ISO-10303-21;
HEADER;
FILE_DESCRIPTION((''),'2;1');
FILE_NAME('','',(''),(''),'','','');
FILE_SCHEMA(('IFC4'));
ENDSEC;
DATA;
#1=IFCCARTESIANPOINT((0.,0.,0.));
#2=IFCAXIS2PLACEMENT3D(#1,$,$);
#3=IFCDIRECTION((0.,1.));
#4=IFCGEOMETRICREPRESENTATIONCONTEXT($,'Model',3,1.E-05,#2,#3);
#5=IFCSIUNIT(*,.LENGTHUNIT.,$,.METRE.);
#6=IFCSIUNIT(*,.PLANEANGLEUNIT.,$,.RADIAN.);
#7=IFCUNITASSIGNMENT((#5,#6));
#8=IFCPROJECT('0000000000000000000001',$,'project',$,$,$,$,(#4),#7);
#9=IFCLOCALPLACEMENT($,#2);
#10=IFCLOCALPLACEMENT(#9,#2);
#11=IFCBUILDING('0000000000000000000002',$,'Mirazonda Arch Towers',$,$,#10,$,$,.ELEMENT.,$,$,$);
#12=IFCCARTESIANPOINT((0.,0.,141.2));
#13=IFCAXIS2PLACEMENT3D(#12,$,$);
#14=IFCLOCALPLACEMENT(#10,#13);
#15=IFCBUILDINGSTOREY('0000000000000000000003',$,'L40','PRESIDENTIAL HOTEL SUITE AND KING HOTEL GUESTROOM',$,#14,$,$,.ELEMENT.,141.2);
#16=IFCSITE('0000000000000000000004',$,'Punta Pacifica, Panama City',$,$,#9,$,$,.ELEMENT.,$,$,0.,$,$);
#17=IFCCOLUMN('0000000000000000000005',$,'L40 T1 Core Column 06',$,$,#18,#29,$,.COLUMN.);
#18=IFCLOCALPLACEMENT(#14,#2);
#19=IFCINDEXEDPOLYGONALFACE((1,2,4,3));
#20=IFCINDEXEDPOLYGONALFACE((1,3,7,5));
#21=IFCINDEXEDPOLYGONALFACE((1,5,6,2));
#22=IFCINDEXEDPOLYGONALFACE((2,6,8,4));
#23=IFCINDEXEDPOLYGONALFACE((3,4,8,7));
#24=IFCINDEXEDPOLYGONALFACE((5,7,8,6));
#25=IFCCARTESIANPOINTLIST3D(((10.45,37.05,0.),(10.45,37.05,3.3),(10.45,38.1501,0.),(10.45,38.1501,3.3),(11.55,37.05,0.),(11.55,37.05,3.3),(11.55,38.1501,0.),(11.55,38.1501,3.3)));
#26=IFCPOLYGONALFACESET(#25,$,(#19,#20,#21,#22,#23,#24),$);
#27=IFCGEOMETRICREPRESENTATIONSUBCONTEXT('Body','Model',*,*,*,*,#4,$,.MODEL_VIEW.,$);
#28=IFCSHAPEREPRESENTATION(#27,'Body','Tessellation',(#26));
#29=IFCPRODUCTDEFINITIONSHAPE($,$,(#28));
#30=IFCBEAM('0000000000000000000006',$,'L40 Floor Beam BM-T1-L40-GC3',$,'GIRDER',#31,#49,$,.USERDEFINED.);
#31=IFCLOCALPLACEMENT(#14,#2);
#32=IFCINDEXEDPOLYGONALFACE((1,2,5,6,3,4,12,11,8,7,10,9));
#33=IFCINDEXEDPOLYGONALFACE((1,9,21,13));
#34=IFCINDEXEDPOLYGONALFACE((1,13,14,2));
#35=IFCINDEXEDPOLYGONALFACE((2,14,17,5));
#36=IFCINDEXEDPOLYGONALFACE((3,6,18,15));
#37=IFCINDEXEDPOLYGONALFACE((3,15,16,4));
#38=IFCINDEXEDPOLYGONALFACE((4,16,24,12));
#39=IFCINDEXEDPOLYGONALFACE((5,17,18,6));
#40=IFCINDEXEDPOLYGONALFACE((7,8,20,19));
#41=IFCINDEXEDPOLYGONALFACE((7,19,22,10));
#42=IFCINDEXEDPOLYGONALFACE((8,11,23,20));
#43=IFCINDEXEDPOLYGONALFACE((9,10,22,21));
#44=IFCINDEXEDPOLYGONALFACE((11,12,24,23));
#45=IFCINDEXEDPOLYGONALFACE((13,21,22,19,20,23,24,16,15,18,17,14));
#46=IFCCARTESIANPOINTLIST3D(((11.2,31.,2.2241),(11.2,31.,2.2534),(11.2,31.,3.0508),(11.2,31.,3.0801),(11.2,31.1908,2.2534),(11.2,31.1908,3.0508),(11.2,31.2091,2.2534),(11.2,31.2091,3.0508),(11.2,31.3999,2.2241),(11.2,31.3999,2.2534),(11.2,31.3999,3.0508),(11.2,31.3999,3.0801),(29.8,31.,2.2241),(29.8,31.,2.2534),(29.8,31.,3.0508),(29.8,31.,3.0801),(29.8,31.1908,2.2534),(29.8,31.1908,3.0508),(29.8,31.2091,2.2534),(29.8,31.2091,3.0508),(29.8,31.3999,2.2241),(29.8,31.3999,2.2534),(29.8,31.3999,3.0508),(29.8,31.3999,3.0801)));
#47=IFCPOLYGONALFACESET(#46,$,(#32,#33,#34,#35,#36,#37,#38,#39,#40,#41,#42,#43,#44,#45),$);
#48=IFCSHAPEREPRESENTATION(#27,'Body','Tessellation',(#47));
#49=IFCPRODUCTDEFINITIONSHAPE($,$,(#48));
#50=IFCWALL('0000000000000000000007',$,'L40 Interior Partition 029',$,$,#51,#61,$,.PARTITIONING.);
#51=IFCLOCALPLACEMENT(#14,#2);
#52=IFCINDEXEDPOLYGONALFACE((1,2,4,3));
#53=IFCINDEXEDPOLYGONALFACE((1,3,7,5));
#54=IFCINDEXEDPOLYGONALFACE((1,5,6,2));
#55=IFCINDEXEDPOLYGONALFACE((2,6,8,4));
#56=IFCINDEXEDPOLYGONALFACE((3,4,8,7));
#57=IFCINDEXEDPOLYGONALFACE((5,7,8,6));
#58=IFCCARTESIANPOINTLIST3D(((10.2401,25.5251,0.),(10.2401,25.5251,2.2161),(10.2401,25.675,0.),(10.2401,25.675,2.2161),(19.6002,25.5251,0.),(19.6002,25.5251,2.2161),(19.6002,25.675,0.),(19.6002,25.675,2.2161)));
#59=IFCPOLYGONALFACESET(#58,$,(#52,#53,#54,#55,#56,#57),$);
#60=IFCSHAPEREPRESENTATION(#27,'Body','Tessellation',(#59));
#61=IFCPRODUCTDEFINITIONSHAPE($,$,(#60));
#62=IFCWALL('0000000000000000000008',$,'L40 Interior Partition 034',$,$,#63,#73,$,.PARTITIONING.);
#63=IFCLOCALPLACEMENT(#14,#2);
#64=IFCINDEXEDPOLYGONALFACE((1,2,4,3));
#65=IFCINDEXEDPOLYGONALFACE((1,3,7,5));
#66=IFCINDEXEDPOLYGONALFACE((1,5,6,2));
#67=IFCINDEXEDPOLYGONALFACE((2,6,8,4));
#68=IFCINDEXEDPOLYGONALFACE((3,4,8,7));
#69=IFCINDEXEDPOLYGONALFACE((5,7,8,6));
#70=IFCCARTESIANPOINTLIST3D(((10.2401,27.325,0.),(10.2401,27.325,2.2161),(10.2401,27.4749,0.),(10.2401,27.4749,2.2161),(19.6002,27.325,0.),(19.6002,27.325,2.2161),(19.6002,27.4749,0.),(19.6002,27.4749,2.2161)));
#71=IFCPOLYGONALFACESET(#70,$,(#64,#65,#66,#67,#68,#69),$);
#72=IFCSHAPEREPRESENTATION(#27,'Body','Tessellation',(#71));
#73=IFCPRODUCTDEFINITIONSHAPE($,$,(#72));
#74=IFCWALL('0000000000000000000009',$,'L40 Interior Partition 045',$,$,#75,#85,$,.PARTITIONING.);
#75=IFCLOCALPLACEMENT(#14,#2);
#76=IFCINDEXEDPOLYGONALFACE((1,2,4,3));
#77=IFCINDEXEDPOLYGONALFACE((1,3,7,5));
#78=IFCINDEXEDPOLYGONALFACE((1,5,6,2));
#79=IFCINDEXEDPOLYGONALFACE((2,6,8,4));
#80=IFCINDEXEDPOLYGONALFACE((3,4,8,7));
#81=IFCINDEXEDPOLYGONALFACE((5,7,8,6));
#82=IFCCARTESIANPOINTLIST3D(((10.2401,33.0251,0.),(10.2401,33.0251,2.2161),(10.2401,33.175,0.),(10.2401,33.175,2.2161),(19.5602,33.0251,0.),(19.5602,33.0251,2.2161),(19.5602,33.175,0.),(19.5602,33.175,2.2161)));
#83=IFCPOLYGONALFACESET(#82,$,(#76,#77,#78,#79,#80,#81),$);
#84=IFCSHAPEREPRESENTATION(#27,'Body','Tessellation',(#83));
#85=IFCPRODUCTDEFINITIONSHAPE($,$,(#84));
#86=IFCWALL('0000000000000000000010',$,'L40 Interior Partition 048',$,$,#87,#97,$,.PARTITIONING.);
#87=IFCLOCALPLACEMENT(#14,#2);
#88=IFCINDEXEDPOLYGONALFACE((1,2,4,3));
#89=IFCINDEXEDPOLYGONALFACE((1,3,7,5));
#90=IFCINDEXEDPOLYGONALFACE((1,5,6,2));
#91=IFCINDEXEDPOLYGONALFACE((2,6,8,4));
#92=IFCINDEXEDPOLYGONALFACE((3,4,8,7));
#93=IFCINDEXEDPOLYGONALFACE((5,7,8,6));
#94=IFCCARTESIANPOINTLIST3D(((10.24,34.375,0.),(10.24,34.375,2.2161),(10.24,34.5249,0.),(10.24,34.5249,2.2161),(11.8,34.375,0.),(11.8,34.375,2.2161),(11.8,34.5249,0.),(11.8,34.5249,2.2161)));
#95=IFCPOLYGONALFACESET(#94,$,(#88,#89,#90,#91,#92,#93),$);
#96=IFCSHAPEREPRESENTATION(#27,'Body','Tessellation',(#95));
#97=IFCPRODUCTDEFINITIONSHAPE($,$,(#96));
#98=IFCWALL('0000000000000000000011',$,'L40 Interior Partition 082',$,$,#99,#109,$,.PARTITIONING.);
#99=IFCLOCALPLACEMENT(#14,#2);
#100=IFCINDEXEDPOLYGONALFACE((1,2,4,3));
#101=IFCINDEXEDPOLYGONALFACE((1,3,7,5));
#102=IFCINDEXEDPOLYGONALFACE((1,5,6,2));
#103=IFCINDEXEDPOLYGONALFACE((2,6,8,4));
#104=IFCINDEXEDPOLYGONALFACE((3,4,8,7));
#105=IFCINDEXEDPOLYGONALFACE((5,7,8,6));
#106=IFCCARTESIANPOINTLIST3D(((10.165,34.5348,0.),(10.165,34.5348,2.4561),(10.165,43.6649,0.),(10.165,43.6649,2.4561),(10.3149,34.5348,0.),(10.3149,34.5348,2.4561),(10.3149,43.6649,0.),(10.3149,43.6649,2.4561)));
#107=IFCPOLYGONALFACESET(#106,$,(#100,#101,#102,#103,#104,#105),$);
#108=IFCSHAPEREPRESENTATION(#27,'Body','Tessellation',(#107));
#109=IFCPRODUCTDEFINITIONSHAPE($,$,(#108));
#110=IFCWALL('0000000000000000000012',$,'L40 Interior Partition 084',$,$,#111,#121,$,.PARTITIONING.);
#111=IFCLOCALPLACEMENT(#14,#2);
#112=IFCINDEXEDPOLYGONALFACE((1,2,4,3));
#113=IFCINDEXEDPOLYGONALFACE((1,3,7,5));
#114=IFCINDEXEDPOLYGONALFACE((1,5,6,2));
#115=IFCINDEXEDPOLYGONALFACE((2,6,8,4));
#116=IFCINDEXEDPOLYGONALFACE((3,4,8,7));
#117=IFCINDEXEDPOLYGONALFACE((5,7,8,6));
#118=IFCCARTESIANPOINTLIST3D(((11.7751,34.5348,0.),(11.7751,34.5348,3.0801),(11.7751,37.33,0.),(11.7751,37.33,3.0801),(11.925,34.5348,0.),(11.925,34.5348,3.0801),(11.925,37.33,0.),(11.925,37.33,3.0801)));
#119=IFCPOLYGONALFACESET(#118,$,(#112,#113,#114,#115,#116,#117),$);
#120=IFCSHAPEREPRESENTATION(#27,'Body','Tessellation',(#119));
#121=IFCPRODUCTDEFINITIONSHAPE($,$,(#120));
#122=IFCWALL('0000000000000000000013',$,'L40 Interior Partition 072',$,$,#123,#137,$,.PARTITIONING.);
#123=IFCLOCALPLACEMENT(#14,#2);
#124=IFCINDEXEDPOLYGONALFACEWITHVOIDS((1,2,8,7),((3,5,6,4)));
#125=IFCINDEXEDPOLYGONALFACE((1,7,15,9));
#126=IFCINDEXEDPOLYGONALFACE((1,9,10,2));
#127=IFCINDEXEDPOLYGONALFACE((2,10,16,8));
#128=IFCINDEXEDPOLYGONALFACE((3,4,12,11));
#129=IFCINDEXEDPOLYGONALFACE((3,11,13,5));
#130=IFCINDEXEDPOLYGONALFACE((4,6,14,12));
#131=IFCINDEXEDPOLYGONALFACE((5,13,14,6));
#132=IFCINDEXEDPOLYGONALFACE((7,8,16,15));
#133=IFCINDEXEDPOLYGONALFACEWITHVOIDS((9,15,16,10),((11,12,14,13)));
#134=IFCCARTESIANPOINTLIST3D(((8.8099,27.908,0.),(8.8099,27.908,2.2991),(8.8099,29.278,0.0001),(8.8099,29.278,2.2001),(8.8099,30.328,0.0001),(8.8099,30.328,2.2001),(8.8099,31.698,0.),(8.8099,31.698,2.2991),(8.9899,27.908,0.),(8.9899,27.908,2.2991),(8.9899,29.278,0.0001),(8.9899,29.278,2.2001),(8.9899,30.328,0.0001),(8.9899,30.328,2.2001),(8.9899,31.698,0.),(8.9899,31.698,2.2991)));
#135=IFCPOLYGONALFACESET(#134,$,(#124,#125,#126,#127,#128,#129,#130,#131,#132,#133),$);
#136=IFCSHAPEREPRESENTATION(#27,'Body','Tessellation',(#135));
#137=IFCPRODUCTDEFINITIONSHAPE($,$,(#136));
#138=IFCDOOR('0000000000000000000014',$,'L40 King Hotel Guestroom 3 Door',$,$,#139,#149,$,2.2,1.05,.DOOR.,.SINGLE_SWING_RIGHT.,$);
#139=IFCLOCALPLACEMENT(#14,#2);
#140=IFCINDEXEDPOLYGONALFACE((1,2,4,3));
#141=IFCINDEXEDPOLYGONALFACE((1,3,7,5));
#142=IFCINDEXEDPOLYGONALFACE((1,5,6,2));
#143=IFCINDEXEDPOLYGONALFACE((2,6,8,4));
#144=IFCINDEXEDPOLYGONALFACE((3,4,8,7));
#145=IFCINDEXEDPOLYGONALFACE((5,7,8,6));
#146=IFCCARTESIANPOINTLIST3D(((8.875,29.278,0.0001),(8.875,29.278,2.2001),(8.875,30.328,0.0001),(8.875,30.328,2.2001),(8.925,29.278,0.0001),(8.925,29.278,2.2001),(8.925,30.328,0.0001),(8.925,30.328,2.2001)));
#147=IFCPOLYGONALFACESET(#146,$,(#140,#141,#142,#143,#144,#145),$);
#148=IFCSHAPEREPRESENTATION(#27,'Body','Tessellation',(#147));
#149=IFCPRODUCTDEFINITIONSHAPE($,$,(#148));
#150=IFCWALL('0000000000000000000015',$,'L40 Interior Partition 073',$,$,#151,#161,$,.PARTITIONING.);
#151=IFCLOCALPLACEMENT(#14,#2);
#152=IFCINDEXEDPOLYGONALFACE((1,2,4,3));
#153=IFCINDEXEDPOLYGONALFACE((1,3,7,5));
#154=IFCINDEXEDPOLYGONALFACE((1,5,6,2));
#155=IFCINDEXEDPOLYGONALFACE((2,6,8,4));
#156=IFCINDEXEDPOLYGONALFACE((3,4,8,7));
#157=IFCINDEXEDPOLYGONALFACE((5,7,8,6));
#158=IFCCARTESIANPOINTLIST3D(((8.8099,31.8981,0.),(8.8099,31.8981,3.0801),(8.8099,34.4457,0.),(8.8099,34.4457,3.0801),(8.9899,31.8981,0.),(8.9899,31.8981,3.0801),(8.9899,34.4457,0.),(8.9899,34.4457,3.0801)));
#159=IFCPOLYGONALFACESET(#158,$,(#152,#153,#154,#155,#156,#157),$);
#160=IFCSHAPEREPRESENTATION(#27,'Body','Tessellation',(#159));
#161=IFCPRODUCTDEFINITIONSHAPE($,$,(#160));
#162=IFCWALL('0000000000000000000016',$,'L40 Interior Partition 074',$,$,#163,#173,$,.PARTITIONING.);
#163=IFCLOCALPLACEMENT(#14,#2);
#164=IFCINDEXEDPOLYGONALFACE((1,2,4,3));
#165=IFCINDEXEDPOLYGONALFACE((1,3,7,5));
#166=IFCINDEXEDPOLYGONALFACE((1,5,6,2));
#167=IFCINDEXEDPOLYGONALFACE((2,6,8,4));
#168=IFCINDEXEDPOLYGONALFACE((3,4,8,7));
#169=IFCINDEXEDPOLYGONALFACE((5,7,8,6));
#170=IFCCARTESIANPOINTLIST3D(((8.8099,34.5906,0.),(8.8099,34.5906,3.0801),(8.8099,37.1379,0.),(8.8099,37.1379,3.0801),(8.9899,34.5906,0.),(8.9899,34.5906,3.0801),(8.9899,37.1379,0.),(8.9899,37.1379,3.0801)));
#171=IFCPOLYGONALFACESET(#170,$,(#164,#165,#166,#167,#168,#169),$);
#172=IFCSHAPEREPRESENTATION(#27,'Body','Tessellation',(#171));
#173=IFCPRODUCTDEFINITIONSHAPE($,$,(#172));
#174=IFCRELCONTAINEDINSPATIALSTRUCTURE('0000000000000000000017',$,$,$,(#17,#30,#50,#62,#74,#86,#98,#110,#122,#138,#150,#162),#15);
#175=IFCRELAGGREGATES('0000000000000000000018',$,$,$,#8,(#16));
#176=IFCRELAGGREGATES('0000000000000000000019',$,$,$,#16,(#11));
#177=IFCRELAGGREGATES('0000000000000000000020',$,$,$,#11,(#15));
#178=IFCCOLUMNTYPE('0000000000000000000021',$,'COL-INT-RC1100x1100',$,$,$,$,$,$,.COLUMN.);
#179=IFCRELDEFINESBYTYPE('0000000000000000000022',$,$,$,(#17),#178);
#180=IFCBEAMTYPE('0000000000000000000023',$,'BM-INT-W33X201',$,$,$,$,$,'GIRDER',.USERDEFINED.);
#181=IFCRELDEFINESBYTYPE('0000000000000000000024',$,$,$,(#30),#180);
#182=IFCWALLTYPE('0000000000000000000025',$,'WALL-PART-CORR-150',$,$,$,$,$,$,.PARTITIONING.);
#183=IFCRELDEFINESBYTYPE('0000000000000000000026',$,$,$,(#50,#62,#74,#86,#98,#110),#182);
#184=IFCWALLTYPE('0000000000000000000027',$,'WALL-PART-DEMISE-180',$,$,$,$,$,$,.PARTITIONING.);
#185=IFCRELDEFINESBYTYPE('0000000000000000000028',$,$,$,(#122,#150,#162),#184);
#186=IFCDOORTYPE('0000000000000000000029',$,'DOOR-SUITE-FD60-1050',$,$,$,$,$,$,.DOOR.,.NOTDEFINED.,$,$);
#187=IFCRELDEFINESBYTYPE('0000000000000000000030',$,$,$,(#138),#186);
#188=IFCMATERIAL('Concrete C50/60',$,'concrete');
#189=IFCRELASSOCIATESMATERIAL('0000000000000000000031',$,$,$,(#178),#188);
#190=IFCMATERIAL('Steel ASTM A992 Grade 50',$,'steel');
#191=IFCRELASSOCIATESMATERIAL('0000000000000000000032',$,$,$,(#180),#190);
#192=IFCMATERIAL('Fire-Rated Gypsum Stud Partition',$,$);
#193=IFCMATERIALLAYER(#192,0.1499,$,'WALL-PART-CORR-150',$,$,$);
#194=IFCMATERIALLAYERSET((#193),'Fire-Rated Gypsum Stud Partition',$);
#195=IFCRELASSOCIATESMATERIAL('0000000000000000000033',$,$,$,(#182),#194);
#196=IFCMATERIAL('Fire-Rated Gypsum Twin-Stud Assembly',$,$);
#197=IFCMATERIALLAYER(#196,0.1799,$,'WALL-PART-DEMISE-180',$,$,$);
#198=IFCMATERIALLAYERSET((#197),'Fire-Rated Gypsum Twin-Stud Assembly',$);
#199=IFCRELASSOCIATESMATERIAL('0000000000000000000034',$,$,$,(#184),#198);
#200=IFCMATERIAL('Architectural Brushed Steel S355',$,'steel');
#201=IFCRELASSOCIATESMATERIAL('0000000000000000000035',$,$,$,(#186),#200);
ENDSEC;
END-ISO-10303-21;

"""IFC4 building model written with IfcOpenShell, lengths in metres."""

from ifc_helpers import new_model, si_unit, direction, frame, frame_2d, origin, origin_2d, place, context, subcontext, project, spatial, rectangle, i_section, extrude, material, layer, layer_set, material_profile, profile_set, type_object, element, fill, save


model = new_model("IFC4")

# Units and contexts
model_context = context("Model", 3, precision=1e-05, world=origin(), true_north=direction((0.0, 1.0)))
body_context = subcontext(model_context, "Body", "Model", "MODEL_VIEW")
ifc_project = project(units=[si_unit("LENGTHUNIT", "METRE"), si_unit("PLANEANGLEUNIT", "RADIAN")], contexts=[model_context])

# Site, building, storey
site_placement = place(None, origin())
site = spatial("IfcSite", under=ifc_project, at=site_placement, Name="Punta Pacifica, Panama City", CompositionType="ELEMENT", RefElevation=0.0)
building_placement = place(site_placement, origin())
building = spatial("IfcBuilding", under=site, at=building_placement, Name="Mirazonda Arch Towers", CompositionType="ELEMENT")
storey_placement = place(building_placement, frame((0.0, 0.0, 141.2)))
storey = spatial("IfcBuildingStorey", under=building, at=storey_placement, Name="L40", Description="PRESIDENTIAL HOTEL SUITE AND KING HOTEL GUESTROOM", CompositionType="ELEMENT", Elevation=141.2)

# Column
ifc_material_1 = material(Name="Concrete C50/60", Category="concrete")
ifc_material_profile_1 = material_profile(ifc_material_1, rectangle(XDim=1.1001, YDim=1.1001, at=origin_2d()), Name="RC1100x1100")
ifc_profile_set_1 = profile_set([ifc_material_profile_1], Name="Concrete C50/60")
column_type = type_object("IfcColumnType", Name="COL-INT-RC1100x1100", PredefinedType="COLUMN", material=ifc_profile_set_1)
column_placement = place(storey_placement, frame((11.0, 37.6001, 0.0), z_axis=(0.0, 0.0, 1.0), x_axis=(1.0, 0.0, 0.0)))
element("IfcColumn", 1, at=column_placement, inside=storey, type_object=column_type, Name="L40 T1 Core Column 06", PredefinedType="COLUMN", context=body_context, shape_type="SweptSolid", body=[
    extrude(rectangle(XDim=1.1001, YDim=1.1001, at=origin_2d()), origin(), (0.0, 0.0, 1.0), 3.3),
])

# Beam
ifc_material_2 = material(Name="Steel ASTM A992 Grade 50", Category="steel")
ifc_material_profile_2 = material_profile(ifc_material_2, i_section(OverallWidth=0.3999, OverallDepth=0.856, WebThickness=0.0183, FlangeThickness=0.0293, at=origin_2d()), Name="W33X201")
ifc_profile_set_2 = profile_set([ifc_material_profile_2], Name="Steel ASTM A992 Grade 50")
beam_type = type_object("IfcBeamType", Name="BM-INT-W33X201", ElementType="GIRDER", PredefinedType="USERDEFINED", material=ifc_profile_set_2)
beam_placement = place(storey_placement, frame((11.2, 31.2, 2.6521), z_axis=(1.0, 0.0, 0.0), x_axis=(0.0, 1.0, 0.0)))
element("IfcBeam", 2, at=beam_placement, inside=storey, type_object=beam_type, Name="L40 Floor Beam BM-T1-L40-GC3", ObjectType="GIRDER", PredefinedType="USERDEFINED", context=body_context, shape_type="SweptSolid", body=[
    extrude(i_section(OverallWidth=0.3999, OverallDepth=0.856, WebThickness=0.0183, FlangeThickness=0.0293, at=origin_2d()), origin(), (0.0, 0.0, 1.0), 18.6001),
])

# Walls
ifc_material_3 = material(Name="Fire-Rated Gypsum Stud Partition")
ifc_layer_1 = layer(ifc_material_3, 0.1499, Name="WALL-PART-CORR-150")
ifc_layer_set_1 = layer_set([ifc_layer_1], Name="Fire-Rated Gypsum Stud Partition")
wall_type_1 = type_object("IfcWallType", Name="WALL-PART-CORR-150", PredefinedType="PARTITIONING", material=ifc_layer_set_1)
for number, where, z_axis, x_axis, name in (
    (3, (10.24, 25.6001, 0.0), (0.0, 0.0, 1.0), (1.0, 0.0, 0.0), "L40 Interior Partition 029"),
    (4, (10.24, 27.3999, 0.0), (0.0, 0.0, 1.0), (1.0, 0.0, 0.0), "L40 Interior Partition 034"),
):
    element("IfcWall", number, at=place(storey_placement, frame(where, z_axis=z_axis, x_axis=x_axis)), inside=storey, type_object=wall_type_1, Name=name, PredefinedType="PARTITIONING", context=body_context, shape_type="SweptSolid", body=[
        extrude(rectangle(XDim=9.3601, YDim=0.1499, at=frame_2d((4.6802, 0.0))), origin(), (0.0, 0.0, 1.0), 2.2161),
    ])
wall_1_placement = place(storey_placement, frame((10.24, 33.1001, 0.0), z_axis=(0.0, 0.0, 1.0), x_axis=(1.0, 0.0, 0.0)))
element("IfcWall", 5, at=wall_1_placement, inside=storey, type_object=wall_type_1, Name="L40 Interior Partition 045", PredefinedType="PARTITIONING", context=body_context, shape_type="SweptSolid", body=[
    extrude(rectangle(XDim=9.3201, YDim=0.1499, at=frame_2d((4.6602, 0.0))), origin(), (0.0, 0.0, 1.0), 2.2161),
])
wall_2_placement = place(storey_placement, frame((10.24, 34.45, 0.0), z_axis=(0.0, 0.0, 1.0), x_axis=(1.0, 0.0, 0.0)))
element("IfcWall", 6, at=wall_2_placement, inside=storey, type_object=wall_type_1, Name="L40 Interior Partition 048", PredefinedType="PARTITIONING", context=body_context, shape_type="SweptSolid", body=[
    extrude(rectangle(XDim=1.5601, YDim=0.1499, at=frame_2d((0.78, 0.0))), origin(), (0.0, 0.0, 1.0), 2.2161),
])

# Shared definitions
ifc_material_4 = material(Name="Architectural Brushed Steel S355", Category="steel")

# Walls
wall_3_placement = place(storey_placement, frame((10.24, 34.5349, 0.0), z_axis=(0.0, 0.0, 1.0), x_axis=(0.0, 1.0, 0.0)))
element("IfcWall", 7, at=wall_3_placement, inside=storey, type_object=wall_type_1, Name="L40 Interior Partition 082", PredefinedType="PARTITIONING", context=body_context, shape_type="SweptSolid", body=[
    extrude(rectangle(XDim=9.1301, YDim=0.1499, at=frame_2d((4.5649, 0.0))), origin(), (0.0, 0.0, 1.0), 2.4561),
])
wall_4_placement = place(storey_placement, frame((11.8501, 34.5349, 0.0), z_axis=(0.0, 0.0, 1.0), x_axis=(0.0, 1.0, 0.0)))
element("IfcWall", 8, at=wall_4_placement, inside=storey, type_object=wall_type_1, Name="L40 Interior Partition 084", PredefinedType="PARTITIONING", context=body_context, shape_type="SweptSolid", body=[
    extrude(rectangle(XDim=2.7952, YDim=0.1499, at=frame_2d((1.3975, 0.0))), origin(), (0.0, 0.0, 1.0), 3.0801),
])

# Wall, opening, door
ifc_material_5 = material(Name="Fire-Rated Gypsum Twin-Stud Assembly")
ifc_layer_2 = layer(ifc_material_5, 0.1799, Name="WALL-PART-DEMISE-180")
ifc_layer_set_2 = layer_set([ifc_layer_2], Name="Fire-Rated Gypsum Twin-Stud Assembly")
wall_type_2 = type_object("IfcWallType", Name="WALL-PART-DEMISE-180", PredefinedType="PARTITIONING", material=ifc_layer_set_2)
wall_5_placement = place(storey_placement, frame((8.8999, 27.908, 0.0), z_axis=(0.0, 0.0, 1.0), x_axis=(0.0, 1.0, 0.0)))
wall_5 = element("IfcWall", 9, at=wall_5_placement, inside=storey, type_object=wall_type_2, Name="L40 Interior Partition 072", PredefinedType="PARTITIONING", context=body_context, shape_type="SweptSolid", body=[
    extrude(rectangle(XDim=3.79, YDim=0.1799, at=frame_2d((1.895, 0.0))), origin(), (0.0, 0.0, 1.0), 2.2991),
])
opening_1_placement = place(wall_5_placement, frame((1.3701, 0.0, 0.0)))
opening_1 = element("IfcOpeningElement", 10, at=opening_1_placement, cuts=wall_5, PredefinedType="OPENING", context=body_context, shape_type="SweptSolid", body=[
    extrude(rectangle(XDim=1.05, YDim=2.2, at=frame_2d((0.5249, 1.1001))), frame((0.0, 0.0999, 0.0), z_axis=(0.0, -1.0, 0.0), x_axis=(1.0, 0.0, 0.0)), (0.0, 0.0, 1.0), 0.2),
])
door_type_1 = type_object("IfcDoorType", Name="DOOR-SUITE-FD60-1050", OperationType="NOTDEFINED", PredefinedType="DOOR", material=ifc_material_4)
door_1_placement = place(opening_1_placement, origin())
door_1 = element("IfcDoor", 11, at=door_1_placement, inside=storey, type_object=door_type_1, Name="L40 King Hotel Guestroom 3 Door", OperationType="SINGLE_SWING_RIGHT", OverallHeight=2.2, OverallWidth=1.05, PredefinedType="DOOR", context=body_context, shape_type="SweptSolid", body=[
    extrude(rectangle(XDim=1.05, YDim=2.2, at=frame_2d((0.5249, 1.1001))), frame((0.0, 0.0249, 0.0), z_axis=(0.0, -1.0, 0.0), x_axis=(1.0, 0.0, 0.0)), (0.0, 0.0, 1.0), 0.05),
])
fill(opening_1, door_1)

# Walls
wall_6_placement = place(storey_placement, frame((8.8999, 31.8979, 0.0), z_axis=(0.0, 0.0, 1.0), x_axis=(0.0, 1.0, 0.0)))
element("IfcWall", 12, at=wall_6_placement, inside=storey, type_object=wall_type_2, Name="L40 Interior Partition 073", PredefinedType="PARTITIONING", context=body_context, shape_type="SweptSolid", body=[
    extrude(rectangle(XDim=2.5476, YDim=0.1799, at=frame_2d((1.2739, 0.0))), origin(), (0.0, 0.0, 1.0), 3.0801),
])
wall_7_placement = place(storey_placement, frame((8.8999, 34.5906, 0.0), z_axis=(0.0, 0.0, 1.0), x_axis=(0.0, 1.0, 0.0)))
element("IfcWall", 13, at=wall_7_placement, inside=storey, type_object=wall_type_2, Name="L40 Interior Partition 074", PredefinedType="PARTITIONING", context=body_context, shape_type="SweptSolid", body=[
    extrude(rectangle(XDim=2.5474, YDim=0.1799, at=frame_2d((1.2737, 0.0))), origin(), (0.0, 0.0, 1.0), 3.0801),
])

save(model, "model.ifc")
